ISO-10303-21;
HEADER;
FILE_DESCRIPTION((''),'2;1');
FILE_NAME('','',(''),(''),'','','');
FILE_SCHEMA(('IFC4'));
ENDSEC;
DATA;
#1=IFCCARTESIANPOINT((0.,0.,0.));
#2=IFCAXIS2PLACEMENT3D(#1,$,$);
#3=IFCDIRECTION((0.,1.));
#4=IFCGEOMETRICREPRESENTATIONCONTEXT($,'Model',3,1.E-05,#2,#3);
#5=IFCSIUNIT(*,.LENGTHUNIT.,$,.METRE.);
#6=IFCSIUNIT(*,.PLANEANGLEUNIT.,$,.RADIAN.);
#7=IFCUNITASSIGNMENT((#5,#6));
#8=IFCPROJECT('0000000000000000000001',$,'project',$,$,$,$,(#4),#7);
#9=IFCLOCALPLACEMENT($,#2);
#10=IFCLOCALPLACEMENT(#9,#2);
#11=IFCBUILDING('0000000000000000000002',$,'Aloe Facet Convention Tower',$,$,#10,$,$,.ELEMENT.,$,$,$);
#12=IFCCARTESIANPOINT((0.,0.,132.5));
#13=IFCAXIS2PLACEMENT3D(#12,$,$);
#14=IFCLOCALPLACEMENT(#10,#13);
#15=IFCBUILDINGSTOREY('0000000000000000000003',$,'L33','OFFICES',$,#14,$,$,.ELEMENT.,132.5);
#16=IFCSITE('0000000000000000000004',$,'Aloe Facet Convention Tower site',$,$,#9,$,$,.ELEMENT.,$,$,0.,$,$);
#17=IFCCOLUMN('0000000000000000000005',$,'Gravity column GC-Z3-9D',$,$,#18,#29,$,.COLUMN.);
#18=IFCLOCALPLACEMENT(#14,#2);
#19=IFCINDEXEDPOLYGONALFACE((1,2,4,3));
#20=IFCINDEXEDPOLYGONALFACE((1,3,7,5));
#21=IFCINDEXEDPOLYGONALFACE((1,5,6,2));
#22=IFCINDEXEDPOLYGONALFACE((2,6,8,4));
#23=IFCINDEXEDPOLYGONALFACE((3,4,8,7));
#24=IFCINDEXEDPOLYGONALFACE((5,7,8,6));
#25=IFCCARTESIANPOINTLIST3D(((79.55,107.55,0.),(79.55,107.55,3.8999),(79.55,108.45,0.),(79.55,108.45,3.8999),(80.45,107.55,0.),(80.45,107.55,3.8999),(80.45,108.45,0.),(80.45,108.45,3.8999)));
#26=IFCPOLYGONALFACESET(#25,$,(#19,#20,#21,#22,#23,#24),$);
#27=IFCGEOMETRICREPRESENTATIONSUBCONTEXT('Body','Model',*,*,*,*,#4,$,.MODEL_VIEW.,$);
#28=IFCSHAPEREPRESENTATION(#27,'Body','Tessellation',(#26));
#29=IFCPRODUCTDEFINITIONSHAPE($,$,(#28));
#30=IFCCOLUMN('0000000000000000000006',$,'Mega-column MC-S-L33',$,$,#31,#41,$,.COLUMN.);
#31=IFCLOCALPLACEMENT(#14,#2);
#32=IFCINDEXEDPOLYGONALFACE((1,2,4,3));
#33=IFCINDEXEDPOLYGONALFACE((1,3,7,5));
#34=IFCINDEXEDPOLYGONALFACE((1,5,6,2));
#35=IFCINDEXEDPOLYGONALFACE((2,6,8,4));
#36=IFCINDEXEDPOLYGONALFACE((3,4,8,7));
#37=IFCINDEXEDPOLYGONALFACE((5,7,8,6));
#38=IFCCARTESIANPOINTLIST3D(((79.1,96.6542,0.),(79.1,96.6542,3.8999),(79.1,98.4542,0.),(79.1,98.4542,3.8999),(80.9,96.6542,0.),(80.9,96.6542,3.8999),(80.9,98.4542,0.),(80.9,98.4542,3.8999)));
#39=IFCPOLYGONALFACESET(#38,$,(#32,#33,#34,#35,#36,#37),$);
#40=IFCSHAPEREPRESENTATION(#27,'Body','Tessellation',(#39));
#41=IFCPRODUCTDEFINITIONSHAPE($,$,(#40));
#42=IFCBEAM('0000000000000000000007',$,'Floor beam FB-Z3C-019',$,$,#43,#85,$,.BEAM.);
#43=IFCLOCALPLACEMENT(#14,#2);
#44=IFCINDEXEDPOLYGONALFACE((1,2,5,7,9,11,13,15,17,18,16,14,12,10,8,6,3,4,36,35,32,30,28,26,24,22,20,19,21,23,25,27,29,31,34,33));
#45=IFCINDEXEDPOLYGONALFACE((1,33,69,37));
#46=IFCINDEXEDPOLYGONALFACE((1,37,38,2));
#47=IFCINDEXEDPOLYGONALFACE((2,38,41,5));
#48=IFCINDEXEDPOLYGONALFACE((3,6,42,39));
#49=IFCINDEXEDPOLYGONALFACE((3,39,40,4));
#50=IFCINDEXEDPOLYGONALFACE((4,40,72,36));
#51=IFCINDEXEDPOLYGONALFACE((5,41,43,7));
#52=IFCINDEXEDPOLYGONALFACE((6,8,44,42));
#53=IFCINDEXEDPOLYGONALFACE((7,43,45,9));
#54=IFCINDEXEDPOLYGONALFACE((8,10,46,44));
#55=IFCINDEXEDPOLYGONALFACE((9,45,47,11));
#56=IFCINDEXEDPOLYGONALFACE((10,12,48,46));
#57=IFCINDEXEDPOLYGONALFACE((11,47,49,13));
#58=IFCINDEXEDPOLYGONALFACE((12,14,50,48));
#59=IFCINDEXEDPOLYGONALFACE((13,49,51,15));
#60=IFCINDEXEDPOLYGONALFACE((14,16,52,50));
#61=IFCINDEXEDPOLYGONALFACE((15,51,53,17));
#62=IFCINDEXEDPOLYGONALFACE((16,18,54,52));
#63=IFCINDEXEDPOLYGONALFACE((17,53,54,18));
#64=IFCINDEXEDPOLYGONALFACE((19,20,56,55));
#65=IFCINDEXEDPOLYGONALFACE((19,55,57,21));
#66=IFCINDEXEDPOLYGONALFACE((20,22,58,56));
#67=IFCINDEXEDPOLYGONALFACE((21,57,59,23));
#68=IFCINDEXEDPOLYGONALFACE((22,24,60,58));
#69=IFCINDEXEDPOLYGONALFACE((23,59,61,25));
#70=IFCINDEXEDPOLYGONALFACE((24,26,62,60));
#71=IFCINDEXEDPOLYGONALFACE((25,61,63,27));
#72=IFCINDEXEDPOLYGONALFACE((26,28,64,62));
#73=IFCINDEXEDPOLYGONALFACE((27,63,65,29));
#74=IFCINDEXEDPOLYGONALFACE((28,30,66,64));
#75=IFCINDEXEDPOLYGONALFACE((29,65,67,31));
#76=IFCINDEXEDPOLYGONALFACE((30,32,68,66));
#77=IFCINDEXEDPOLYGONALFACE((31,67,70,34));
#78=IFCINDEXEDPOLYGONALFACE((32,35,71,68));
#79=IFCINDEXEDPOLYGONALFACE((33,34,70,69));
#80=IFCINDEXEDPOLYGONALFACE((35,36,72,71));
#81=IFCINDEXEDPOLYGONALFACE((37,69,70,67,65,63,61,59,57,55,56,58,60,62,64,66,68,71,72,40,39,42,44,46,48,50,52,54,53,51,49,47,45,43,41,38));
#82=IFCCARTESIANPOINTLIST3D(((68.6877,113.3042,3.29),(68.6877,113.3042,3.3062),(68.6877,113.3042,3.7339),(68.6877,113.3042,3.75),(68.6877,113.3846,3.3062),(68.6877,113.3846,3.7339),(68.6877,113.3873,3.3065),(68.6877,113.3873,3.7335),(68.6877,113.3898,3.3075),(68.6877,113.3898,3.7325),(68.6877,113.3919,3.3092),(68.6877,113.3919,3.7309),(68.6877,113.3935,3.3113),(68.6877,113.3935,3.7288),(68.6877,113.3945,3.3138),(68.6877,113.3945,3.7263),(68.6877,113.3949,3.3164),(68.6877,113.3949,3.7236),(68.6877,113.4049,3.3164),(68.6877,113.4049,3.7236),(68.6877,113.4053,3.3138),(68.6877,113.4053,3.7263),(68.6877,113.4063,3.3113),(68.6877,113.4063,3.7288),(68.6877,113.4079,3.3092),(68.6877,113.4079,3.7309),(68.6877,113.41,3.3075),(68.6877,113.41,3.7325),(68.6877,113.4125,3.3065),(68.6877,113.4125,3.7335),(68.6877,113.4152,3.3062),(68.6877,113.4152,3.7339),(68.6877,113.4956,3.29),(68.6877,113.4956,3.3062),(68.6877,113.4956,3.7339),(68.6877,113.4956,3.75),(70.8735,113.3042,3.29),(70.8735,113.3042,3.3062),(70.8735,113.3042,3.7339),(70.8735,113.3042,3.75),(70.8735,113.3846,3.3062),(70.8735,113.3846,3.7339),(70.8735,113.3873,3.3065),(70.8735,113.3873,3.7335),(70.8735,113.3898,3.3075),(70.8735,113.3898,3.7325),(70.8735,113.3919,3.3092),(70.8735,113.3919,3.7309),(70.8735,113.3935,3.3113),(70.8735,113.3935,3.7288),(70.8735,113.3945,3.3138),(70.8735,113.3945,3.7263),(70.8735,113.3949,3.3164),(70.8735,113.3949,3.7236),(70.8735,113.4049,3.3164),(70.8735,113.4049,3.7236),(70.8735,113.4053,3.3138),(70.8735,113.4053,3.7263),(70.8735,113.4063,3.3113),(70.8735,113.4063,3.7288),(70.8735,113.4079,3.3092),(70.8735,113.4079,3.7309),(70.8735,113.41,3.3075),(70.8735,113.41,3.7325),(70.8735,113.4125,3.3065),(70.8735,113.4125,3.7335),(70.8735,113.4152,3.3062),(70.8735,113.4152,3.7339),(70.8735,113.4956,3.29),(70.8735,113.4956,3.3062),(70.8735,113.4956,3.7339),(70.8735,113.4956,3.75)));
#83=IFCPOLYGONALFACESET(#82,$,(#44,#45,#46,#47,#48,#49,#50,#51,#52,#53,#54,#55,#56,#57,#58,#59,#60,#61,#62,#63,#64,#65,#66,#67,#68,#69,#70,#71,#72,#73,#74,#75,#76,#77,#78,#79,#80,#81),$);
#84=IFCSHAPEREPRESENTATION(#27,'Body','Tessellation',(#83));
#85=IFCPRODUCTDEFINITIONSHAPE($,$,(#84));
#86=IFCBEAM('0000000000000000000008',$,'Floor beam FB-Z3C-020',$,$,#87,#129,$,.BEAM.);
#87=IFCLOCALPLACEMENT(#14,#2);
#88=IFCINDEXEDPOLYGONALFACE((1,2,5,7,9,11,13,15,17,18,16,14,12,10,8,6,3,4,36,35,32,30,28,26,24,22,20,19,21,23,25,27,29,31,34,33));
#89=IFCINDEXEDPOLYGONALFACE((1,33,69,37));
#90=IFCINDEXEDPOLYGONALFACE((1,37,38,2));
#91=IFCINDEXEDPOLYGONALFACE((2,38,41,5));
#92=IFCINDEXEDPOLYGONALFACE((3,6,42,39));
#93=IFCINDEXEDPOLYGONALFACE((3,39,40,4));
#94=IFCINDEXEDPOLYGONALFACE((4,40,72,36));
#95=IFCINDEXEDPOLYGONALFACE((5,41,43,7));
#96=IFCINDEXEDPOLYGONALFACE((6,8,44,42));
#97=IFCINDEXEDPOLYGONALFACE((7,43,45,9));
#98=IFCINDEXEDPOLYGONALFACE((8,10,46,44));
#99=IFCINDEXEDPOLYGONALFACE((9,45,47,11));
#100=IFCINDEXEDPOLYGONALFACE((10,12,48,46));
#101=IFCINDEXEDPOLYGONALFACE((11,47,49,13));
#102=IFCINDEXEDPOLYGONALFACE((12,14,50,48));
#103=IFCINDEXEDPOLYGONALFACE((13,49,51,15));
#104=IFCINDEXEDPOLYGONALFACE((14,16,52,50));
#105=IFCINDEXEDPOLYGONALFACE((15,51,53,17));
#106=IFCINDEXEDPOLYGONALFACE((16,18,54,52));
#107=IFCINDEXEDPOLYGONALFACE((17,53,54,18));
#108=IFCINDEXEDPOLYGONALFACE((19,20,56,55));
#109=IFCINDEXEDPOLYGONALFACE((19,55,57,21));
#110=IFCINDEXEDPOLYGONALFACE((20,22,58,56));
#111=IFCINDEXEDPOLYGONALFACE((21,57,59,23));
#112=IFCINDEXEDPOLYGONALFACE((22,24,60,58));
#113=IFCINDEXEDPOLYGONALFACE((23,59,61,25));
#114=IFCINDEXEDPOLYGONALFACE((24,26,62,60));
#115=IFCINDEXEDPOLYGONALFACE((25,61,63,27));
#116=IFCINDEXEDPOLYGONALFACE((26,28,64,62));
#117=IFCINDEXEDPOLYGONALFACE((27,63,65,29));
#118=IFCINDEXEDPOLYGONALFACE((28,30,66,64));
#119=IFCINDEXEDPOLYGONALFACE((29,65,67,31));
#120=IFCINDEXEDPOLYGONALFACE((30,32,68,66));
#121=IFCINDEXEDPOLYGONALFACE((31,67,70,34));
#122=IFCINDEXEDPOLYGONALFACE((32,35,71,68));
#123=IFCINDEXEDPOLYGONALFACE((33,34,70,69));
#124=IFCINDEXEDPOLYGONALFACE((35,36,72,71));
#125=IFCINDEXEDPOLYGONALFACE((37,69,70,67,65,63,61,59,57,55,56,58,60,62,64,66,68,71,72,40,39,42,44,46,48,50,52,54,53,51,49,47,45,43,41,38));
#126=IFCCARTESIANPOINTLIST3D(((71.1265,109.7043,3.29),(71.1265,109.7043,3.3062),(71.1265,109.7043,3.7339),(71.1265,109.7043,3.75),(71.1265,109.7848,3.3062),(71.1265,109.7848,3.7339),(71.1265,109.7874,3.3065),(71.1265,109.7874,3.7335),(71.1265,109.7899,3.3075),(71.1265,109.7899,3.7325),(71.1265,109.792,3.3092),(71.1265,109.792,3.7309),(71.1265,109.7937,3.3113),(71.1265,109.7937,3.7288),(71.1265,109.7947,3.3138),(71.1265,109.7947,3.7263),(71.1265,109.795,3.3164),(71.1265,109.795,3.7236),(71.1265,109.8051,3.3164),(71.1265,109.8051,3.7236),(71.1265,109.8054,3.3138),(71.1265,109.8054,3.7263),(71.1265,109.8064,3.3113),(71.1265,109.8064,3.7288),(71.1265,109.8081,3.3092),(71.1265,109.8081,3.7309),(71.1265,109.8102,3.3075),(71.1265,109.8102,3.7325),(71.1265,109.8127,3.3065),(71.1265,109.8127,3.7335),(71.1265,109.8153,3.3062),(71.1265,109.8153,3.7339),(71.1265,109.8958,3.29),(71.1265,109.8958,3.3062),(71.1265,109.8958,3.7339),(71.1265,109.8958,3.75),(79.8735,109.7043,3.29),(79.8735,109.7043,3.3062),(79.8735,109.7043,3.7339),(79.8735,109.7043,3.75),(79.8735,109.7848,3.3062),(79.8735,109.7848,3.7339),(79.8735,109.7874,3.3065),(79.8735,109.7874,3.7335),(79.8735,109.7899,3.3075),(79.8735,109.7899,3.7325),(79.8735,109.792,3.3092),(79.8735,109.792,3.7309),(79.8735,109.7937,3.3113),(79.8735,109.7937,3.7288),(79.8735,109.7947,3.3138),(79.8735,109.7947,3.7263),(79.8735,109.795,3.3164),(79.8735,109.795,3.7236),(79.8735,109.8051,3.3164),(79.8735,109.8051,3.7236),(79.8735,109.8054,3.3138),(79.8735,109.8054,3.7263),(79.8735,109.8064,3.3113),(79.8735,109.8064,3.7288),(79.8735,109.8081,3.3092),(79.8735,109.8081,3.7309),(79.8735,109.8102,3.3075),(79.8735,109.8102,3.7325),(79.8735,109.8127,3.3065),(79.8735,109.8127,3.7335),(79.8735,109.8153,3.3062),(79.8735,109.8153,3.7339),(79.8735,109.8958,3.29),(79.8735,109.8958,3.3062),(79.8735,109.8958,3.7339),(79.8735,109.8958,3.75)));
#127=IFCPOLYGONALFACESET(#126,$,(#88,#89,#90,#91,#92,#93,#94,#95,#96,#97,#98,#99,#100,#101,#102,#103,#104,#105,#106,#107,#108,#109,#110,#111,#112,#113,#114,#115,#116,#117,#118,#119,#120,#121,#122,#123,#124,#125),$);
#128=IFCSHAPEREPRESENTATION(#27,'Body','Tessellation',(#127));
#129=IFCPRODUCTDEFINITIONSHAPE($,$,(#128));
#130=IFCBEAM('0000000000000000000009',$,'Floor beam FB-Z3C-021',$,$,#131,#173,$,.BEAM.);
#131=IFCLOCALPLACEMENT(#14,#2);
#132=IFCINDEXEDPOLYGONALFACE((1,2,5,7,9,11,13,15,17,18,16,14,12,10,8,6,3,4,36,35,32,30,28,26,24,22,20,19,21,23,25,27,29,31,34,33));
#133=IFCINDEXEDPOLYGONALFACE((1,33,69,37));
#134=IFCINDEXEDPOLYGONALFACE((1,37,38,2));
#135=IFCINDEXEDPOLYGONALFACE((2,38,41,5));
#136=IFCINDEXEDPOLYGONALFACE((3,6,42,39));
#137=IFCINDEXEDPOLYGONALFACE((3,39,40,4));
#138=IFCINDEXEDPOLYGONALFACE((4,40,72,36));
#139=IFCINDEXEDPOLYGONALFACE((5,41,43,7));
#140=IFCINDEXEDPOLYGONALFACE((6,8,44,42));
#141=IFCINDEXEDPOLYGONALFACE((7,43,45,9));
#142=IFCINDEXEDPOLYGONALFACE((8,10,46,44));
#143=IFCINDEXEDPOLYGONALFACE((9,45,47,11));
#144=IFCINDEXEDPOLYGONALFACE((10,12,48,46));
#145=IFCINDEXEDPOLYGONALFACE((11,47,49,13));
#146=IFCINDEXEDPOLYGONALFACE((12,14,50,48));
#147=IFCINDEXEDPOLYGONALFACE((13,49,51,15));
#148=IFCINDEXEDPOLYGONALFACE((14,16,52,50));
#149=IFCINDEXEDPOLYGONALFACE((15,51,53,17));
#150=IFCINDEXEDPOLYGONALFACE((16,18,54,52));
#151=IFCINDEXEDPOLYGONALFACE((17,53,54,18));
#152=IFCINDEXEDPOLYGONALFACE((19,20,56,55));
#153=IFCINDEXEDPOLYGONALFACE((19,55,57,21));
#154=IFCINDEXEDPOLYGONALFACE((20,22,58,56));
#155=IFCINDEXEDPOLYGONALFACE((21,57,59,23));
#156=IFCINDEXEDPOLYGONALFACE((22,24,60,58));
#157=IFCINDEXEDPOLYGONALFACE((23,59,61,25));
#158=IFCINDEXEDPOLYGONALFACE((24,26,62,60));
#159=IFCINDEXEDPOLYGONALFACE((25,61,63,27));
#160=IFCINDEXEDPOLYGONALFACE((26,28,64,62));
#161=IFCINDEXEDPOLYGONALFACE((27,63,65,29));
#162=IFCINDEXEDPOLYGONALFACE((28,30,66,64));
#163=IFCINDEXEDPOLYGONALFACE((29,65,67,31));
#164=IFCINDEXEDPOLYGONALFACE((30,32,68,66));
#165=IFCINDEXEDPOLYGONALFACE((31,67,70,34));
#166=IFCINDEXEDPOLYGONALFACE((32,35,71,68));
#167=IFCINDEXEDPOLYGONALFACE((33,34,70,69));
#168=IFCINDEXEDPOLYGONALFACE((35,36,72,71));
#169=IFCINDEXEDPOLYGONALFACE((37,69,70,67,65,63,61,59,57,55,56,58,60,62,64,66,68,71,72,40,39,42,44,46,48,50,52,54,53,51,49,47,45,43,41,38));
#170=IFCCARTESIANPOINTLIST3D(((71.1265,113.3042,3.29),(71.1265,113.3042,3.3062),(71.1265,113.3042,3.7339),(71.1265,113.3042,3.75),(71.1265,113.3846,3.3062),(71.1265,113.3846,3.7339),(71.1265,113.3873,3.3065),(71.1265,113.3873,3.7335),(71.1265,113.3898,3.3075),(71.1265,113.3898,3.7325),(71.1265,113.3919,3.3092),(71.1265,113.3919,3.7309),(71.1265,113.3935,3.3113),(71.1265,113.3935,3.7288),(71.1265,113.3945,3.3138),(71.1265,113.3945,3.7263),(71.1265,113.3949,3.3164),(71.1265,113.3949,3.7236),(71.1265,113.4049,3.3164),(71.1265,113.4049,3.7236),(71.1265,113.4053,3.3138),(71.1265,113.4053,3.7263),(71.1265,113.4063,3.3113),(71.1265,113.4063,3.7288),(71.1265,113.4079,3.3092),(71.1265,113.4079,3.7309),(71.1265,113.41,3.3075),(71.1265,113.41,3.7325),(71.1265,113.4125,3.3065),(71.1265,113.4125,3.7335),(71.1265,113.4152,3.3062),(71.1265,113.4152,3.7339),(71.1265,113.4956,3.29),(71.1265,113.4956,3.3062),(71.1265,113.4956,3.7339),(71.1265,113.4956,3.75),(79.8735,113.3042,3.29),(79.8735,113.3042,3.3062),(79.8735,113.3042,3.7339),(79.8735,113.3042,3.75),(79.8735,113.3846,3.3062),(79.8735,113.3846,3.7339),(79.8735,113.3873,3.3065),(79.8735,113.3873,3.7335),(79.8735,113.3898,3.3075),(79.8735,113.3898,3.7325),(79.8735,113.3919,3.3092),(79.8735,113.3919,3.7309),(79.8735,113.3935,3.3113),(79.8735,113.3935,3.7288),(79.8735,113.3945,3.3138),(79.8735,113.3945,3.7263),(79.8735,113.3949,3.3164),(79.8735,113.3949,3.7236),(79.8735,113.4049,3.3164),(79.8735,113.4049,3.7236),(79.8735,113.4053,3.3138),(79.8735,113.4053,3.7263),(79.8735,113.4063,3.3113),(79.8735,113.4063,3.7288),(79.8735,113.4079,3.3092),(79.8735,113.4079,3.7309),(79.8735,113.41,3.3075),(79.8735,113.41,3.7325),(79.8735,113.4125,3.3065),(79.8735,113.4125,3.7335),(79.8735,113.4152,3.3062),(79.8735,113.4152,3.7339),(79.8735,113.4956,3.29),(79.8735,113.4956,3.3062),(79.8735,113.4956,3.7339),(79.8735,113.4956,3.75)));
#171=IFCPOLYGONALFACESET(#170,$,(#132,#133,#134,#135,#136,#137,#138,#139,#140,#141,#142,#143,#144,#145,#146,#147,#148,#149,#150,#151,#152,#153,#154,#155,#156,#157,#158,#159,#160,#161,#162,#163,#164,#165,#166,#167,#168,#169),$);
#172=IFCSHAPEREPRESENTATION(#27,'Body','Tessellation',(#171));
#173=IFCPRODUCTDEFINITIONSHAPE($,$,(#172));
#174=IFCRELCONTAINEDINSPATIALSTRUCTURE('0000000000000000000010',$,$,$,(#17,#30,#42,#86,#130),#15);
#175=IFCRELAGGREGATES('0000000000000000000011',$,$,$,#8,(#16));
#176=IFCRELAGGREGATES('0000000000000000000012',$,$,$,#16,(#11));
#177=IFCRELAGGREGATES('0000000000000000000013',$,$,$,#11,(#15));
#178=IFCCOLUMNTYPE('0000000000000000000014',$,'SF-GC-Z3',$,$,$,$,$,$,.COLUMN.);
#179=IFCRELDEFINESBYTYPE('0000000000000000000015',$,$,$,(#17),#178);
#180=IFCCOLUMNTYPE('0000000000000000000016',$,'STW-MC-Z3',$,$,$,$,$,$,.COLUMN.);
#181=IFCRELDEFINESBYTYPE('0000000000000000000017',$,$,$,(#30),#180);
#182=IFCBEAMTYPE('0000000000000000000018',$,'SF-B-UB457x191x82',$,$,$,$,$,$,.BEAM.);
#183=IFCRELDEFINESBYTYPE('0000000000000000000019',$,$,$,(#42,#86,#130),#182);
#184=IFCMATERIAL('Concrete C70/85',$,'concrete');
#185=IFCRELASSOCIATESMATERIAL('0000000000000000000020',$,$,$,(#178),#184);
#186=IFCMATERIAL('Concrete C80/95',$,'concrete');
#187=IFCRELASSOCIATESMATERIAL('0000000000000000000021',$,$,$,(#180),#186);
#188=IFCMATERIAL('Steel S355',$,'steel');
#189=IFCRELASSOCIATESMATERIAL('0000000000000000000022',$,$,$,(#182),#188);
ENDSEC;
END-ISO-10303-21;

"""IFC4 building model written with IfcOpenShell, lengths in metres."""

from ifc_helpers import new_model, si_unit, direction, frame, origin, origin_2d, place, context, subcontext, project, spatial, rectangle, i_section, extrude, material, material_profile, profile_set, type_object, element, save


model = new_model("IFC4")

# Units and contexts
model_context = context("Model", 3, precision=1e-05, world=origin(), true_north=direction((0.0, 1.0)))
body_context = subcontext(model_context, "Body", "Model", "MODEL_VIEW")
ifc_project = project(units=[si_unit("LENGTHUNIT", "METRE"), si_unit("PLANEANGLEUNIT", "RADIAN")], contexts=[model_context])

# Site, building, storey
site_placement = place(None, origin())
site = spatial("IfcSite", under=ifc_project, at=site_placement, Name="Aloe Facet Convention Tower site", CompositionType="ELEMENT", RefElevation=0.0)
building_placement = place(site_placement, origin())
building = spatial("IfcBuilding", under=site, at=building_placement, Name="Aloe Facet Convention Tower", CompositionType="ELEMENT")
storey_placement = place(building_placement, frame((0.0, 0.0, 132.5)))
storey = spatial("IfcBuildingStorey", under=building, at=storey_placement, Name="L33", Description="OFFICES", CompositionType="ELEMENT", Elevation=132.5)

# Columns
ifc_material_1 = material(Name="Concrete C70/85", Category="concrete")
ifc_material_profile_1 = material_profile(ifc_material_1, rectangle(XDim=0.8999, YDim=0.8999, at=origin_2d()), Name="SF-GC-Z3")
ifc_profile_set_1 = profile_set([ifc_material_profile_1], Name="Concrete C70/85")
column_type_1 = type_object("IfcColumnType", Name="SF-GC-Z3", PredefinedType="COLUMN", material=ifc_profile_set_1)
column_1_placement = place(storey_placement, frame((80.0, 108.0, 0.0), z_axis=(0.0, 0.0, 1.0), x_axis=(1.0, 0.0, 0.0)))
element("IfcColumn", 1, at=column_1_placement, inside=storey, type_object=column_type_1, Name="Gravity column GC-Z3-9D", PredefinedType="COLUMN", context=body_context, shape_type="SweptSolid", body=[
    extrude(rectangle(XDim=0.8999, YDim=0.8999, at=origin_2d()), origin(), (0.0, 0.0, 1.0), 3.8999),
])
ifc_material_2 = material(Name="Concrete C80/95", Category="concrete")
ifc_material_profile_2 = material_profile(ifc_material_2, rectangle(XDim=1.8, YDim=1.8, at=origin_2d()), Name="STW-MC-Z3")
ifc_profile_set_2 = profile_set([ifc_material_profile_2], Name="Concrete C80/95")
column_type_2 = type_object("IfcColumnType", Name="STW-MC-Z3", PredefinedType="COLUMN", material=ifc_profile_set_2)
column_2_placement = place(storey_placement, frame((80.0, 97.5542, 0.0), z_axis=(0.0, 0.0, 1.0), x_axis=(1.0, 0.0, 0.0)))
element("IfcColumn", 2, at=column_2_placement, inside=storey, type_object=column_type_2, Name="Mega-column MC-S-L33", PredefinedType="COLUMN", context=body_context, shape_type="SweptSolid", body=[
    extrude(rectangle(XDim=1.8, YDim=1.8, at=origin_2d()), origin(), (0.0, 0.0, 1.0), 3.8999),
])

# Beams
ifc_material_3 = material(Name="Steel S355", Category="steel")
ifc_material_profile_3 = material_profile(ifc_material_3, i_section(OverallWidth=0.1914, OverallDepth=0.46, WebThickness=0.01, FlangeThickness=0.0161, FilletRadius=0.0103, at=origin_2d()), Name="UB 457x191x82")
ifc_profile_set_3 = profile_set([ifc_material_profile_3], Name="Steel S355")
beam_type_1 = type_object("IfcBeamType", Name="SF-B-UB457x191x82", PredefinedType="BEAM", material=ifc_profile_set_3)
beam_1_placement = place(storey_placement, frame((68.6877, 113.3999, 3.52), z_axis=(1.0, 0.0, 0.0), x_axis=(0.0, 1.0, 0.0)))
element("IfcBeam", 3, at=beam_1_placement, inside=storey, type_object=beam_type_1, Name="Floor beam FB-Z3C-019", PredefinedType="BEAM", context=body_context, shape_type="SweptSolid", body=[
    extrude(i_section(OverallWidth=0.1914, OverallDepth=0.46, WebThickness=0.01, FlangeThickness=0.0161, FilletRadius=0.0103, at=origin_2d()), origin(), (0.0, 0.0, 1.0), 2.1858),
])
for number, where, z_axis, x_axis, name in (
    (4, (71.1265, 109.8, 3.52), (1.0, 0.0, 0.0), (0.0, 1.0, 0.0), "Floor beam FB-Z3C-020"),
    (5, (71.1265, 113.3999, 3.52), (1.0, 0.0, 0.0), (0.0, 1.0, 0.0), "Floor beam FB-Z3C-021"),
):
    element("IfcBeam", number, at=place(storey_placement, frame(where, z_axis=z_axis, x_axis=x_axis)), inside=storey, type_object=beam_type_1, Name=name, PredefinedType="BEAM", context=body_context, shape_type="SweptSolid", body=[
        extrude(i_section(OverallWidth=0.1914, OverallDepth=0.46, WebThickness=0.01, FlangeThickness=0.0161, FilletRadius=0.0103, at=origin_2d()), origin(), (0.0, 0.0, 1.0), 8.7471),
    ])

save(model, "model.ifc")
